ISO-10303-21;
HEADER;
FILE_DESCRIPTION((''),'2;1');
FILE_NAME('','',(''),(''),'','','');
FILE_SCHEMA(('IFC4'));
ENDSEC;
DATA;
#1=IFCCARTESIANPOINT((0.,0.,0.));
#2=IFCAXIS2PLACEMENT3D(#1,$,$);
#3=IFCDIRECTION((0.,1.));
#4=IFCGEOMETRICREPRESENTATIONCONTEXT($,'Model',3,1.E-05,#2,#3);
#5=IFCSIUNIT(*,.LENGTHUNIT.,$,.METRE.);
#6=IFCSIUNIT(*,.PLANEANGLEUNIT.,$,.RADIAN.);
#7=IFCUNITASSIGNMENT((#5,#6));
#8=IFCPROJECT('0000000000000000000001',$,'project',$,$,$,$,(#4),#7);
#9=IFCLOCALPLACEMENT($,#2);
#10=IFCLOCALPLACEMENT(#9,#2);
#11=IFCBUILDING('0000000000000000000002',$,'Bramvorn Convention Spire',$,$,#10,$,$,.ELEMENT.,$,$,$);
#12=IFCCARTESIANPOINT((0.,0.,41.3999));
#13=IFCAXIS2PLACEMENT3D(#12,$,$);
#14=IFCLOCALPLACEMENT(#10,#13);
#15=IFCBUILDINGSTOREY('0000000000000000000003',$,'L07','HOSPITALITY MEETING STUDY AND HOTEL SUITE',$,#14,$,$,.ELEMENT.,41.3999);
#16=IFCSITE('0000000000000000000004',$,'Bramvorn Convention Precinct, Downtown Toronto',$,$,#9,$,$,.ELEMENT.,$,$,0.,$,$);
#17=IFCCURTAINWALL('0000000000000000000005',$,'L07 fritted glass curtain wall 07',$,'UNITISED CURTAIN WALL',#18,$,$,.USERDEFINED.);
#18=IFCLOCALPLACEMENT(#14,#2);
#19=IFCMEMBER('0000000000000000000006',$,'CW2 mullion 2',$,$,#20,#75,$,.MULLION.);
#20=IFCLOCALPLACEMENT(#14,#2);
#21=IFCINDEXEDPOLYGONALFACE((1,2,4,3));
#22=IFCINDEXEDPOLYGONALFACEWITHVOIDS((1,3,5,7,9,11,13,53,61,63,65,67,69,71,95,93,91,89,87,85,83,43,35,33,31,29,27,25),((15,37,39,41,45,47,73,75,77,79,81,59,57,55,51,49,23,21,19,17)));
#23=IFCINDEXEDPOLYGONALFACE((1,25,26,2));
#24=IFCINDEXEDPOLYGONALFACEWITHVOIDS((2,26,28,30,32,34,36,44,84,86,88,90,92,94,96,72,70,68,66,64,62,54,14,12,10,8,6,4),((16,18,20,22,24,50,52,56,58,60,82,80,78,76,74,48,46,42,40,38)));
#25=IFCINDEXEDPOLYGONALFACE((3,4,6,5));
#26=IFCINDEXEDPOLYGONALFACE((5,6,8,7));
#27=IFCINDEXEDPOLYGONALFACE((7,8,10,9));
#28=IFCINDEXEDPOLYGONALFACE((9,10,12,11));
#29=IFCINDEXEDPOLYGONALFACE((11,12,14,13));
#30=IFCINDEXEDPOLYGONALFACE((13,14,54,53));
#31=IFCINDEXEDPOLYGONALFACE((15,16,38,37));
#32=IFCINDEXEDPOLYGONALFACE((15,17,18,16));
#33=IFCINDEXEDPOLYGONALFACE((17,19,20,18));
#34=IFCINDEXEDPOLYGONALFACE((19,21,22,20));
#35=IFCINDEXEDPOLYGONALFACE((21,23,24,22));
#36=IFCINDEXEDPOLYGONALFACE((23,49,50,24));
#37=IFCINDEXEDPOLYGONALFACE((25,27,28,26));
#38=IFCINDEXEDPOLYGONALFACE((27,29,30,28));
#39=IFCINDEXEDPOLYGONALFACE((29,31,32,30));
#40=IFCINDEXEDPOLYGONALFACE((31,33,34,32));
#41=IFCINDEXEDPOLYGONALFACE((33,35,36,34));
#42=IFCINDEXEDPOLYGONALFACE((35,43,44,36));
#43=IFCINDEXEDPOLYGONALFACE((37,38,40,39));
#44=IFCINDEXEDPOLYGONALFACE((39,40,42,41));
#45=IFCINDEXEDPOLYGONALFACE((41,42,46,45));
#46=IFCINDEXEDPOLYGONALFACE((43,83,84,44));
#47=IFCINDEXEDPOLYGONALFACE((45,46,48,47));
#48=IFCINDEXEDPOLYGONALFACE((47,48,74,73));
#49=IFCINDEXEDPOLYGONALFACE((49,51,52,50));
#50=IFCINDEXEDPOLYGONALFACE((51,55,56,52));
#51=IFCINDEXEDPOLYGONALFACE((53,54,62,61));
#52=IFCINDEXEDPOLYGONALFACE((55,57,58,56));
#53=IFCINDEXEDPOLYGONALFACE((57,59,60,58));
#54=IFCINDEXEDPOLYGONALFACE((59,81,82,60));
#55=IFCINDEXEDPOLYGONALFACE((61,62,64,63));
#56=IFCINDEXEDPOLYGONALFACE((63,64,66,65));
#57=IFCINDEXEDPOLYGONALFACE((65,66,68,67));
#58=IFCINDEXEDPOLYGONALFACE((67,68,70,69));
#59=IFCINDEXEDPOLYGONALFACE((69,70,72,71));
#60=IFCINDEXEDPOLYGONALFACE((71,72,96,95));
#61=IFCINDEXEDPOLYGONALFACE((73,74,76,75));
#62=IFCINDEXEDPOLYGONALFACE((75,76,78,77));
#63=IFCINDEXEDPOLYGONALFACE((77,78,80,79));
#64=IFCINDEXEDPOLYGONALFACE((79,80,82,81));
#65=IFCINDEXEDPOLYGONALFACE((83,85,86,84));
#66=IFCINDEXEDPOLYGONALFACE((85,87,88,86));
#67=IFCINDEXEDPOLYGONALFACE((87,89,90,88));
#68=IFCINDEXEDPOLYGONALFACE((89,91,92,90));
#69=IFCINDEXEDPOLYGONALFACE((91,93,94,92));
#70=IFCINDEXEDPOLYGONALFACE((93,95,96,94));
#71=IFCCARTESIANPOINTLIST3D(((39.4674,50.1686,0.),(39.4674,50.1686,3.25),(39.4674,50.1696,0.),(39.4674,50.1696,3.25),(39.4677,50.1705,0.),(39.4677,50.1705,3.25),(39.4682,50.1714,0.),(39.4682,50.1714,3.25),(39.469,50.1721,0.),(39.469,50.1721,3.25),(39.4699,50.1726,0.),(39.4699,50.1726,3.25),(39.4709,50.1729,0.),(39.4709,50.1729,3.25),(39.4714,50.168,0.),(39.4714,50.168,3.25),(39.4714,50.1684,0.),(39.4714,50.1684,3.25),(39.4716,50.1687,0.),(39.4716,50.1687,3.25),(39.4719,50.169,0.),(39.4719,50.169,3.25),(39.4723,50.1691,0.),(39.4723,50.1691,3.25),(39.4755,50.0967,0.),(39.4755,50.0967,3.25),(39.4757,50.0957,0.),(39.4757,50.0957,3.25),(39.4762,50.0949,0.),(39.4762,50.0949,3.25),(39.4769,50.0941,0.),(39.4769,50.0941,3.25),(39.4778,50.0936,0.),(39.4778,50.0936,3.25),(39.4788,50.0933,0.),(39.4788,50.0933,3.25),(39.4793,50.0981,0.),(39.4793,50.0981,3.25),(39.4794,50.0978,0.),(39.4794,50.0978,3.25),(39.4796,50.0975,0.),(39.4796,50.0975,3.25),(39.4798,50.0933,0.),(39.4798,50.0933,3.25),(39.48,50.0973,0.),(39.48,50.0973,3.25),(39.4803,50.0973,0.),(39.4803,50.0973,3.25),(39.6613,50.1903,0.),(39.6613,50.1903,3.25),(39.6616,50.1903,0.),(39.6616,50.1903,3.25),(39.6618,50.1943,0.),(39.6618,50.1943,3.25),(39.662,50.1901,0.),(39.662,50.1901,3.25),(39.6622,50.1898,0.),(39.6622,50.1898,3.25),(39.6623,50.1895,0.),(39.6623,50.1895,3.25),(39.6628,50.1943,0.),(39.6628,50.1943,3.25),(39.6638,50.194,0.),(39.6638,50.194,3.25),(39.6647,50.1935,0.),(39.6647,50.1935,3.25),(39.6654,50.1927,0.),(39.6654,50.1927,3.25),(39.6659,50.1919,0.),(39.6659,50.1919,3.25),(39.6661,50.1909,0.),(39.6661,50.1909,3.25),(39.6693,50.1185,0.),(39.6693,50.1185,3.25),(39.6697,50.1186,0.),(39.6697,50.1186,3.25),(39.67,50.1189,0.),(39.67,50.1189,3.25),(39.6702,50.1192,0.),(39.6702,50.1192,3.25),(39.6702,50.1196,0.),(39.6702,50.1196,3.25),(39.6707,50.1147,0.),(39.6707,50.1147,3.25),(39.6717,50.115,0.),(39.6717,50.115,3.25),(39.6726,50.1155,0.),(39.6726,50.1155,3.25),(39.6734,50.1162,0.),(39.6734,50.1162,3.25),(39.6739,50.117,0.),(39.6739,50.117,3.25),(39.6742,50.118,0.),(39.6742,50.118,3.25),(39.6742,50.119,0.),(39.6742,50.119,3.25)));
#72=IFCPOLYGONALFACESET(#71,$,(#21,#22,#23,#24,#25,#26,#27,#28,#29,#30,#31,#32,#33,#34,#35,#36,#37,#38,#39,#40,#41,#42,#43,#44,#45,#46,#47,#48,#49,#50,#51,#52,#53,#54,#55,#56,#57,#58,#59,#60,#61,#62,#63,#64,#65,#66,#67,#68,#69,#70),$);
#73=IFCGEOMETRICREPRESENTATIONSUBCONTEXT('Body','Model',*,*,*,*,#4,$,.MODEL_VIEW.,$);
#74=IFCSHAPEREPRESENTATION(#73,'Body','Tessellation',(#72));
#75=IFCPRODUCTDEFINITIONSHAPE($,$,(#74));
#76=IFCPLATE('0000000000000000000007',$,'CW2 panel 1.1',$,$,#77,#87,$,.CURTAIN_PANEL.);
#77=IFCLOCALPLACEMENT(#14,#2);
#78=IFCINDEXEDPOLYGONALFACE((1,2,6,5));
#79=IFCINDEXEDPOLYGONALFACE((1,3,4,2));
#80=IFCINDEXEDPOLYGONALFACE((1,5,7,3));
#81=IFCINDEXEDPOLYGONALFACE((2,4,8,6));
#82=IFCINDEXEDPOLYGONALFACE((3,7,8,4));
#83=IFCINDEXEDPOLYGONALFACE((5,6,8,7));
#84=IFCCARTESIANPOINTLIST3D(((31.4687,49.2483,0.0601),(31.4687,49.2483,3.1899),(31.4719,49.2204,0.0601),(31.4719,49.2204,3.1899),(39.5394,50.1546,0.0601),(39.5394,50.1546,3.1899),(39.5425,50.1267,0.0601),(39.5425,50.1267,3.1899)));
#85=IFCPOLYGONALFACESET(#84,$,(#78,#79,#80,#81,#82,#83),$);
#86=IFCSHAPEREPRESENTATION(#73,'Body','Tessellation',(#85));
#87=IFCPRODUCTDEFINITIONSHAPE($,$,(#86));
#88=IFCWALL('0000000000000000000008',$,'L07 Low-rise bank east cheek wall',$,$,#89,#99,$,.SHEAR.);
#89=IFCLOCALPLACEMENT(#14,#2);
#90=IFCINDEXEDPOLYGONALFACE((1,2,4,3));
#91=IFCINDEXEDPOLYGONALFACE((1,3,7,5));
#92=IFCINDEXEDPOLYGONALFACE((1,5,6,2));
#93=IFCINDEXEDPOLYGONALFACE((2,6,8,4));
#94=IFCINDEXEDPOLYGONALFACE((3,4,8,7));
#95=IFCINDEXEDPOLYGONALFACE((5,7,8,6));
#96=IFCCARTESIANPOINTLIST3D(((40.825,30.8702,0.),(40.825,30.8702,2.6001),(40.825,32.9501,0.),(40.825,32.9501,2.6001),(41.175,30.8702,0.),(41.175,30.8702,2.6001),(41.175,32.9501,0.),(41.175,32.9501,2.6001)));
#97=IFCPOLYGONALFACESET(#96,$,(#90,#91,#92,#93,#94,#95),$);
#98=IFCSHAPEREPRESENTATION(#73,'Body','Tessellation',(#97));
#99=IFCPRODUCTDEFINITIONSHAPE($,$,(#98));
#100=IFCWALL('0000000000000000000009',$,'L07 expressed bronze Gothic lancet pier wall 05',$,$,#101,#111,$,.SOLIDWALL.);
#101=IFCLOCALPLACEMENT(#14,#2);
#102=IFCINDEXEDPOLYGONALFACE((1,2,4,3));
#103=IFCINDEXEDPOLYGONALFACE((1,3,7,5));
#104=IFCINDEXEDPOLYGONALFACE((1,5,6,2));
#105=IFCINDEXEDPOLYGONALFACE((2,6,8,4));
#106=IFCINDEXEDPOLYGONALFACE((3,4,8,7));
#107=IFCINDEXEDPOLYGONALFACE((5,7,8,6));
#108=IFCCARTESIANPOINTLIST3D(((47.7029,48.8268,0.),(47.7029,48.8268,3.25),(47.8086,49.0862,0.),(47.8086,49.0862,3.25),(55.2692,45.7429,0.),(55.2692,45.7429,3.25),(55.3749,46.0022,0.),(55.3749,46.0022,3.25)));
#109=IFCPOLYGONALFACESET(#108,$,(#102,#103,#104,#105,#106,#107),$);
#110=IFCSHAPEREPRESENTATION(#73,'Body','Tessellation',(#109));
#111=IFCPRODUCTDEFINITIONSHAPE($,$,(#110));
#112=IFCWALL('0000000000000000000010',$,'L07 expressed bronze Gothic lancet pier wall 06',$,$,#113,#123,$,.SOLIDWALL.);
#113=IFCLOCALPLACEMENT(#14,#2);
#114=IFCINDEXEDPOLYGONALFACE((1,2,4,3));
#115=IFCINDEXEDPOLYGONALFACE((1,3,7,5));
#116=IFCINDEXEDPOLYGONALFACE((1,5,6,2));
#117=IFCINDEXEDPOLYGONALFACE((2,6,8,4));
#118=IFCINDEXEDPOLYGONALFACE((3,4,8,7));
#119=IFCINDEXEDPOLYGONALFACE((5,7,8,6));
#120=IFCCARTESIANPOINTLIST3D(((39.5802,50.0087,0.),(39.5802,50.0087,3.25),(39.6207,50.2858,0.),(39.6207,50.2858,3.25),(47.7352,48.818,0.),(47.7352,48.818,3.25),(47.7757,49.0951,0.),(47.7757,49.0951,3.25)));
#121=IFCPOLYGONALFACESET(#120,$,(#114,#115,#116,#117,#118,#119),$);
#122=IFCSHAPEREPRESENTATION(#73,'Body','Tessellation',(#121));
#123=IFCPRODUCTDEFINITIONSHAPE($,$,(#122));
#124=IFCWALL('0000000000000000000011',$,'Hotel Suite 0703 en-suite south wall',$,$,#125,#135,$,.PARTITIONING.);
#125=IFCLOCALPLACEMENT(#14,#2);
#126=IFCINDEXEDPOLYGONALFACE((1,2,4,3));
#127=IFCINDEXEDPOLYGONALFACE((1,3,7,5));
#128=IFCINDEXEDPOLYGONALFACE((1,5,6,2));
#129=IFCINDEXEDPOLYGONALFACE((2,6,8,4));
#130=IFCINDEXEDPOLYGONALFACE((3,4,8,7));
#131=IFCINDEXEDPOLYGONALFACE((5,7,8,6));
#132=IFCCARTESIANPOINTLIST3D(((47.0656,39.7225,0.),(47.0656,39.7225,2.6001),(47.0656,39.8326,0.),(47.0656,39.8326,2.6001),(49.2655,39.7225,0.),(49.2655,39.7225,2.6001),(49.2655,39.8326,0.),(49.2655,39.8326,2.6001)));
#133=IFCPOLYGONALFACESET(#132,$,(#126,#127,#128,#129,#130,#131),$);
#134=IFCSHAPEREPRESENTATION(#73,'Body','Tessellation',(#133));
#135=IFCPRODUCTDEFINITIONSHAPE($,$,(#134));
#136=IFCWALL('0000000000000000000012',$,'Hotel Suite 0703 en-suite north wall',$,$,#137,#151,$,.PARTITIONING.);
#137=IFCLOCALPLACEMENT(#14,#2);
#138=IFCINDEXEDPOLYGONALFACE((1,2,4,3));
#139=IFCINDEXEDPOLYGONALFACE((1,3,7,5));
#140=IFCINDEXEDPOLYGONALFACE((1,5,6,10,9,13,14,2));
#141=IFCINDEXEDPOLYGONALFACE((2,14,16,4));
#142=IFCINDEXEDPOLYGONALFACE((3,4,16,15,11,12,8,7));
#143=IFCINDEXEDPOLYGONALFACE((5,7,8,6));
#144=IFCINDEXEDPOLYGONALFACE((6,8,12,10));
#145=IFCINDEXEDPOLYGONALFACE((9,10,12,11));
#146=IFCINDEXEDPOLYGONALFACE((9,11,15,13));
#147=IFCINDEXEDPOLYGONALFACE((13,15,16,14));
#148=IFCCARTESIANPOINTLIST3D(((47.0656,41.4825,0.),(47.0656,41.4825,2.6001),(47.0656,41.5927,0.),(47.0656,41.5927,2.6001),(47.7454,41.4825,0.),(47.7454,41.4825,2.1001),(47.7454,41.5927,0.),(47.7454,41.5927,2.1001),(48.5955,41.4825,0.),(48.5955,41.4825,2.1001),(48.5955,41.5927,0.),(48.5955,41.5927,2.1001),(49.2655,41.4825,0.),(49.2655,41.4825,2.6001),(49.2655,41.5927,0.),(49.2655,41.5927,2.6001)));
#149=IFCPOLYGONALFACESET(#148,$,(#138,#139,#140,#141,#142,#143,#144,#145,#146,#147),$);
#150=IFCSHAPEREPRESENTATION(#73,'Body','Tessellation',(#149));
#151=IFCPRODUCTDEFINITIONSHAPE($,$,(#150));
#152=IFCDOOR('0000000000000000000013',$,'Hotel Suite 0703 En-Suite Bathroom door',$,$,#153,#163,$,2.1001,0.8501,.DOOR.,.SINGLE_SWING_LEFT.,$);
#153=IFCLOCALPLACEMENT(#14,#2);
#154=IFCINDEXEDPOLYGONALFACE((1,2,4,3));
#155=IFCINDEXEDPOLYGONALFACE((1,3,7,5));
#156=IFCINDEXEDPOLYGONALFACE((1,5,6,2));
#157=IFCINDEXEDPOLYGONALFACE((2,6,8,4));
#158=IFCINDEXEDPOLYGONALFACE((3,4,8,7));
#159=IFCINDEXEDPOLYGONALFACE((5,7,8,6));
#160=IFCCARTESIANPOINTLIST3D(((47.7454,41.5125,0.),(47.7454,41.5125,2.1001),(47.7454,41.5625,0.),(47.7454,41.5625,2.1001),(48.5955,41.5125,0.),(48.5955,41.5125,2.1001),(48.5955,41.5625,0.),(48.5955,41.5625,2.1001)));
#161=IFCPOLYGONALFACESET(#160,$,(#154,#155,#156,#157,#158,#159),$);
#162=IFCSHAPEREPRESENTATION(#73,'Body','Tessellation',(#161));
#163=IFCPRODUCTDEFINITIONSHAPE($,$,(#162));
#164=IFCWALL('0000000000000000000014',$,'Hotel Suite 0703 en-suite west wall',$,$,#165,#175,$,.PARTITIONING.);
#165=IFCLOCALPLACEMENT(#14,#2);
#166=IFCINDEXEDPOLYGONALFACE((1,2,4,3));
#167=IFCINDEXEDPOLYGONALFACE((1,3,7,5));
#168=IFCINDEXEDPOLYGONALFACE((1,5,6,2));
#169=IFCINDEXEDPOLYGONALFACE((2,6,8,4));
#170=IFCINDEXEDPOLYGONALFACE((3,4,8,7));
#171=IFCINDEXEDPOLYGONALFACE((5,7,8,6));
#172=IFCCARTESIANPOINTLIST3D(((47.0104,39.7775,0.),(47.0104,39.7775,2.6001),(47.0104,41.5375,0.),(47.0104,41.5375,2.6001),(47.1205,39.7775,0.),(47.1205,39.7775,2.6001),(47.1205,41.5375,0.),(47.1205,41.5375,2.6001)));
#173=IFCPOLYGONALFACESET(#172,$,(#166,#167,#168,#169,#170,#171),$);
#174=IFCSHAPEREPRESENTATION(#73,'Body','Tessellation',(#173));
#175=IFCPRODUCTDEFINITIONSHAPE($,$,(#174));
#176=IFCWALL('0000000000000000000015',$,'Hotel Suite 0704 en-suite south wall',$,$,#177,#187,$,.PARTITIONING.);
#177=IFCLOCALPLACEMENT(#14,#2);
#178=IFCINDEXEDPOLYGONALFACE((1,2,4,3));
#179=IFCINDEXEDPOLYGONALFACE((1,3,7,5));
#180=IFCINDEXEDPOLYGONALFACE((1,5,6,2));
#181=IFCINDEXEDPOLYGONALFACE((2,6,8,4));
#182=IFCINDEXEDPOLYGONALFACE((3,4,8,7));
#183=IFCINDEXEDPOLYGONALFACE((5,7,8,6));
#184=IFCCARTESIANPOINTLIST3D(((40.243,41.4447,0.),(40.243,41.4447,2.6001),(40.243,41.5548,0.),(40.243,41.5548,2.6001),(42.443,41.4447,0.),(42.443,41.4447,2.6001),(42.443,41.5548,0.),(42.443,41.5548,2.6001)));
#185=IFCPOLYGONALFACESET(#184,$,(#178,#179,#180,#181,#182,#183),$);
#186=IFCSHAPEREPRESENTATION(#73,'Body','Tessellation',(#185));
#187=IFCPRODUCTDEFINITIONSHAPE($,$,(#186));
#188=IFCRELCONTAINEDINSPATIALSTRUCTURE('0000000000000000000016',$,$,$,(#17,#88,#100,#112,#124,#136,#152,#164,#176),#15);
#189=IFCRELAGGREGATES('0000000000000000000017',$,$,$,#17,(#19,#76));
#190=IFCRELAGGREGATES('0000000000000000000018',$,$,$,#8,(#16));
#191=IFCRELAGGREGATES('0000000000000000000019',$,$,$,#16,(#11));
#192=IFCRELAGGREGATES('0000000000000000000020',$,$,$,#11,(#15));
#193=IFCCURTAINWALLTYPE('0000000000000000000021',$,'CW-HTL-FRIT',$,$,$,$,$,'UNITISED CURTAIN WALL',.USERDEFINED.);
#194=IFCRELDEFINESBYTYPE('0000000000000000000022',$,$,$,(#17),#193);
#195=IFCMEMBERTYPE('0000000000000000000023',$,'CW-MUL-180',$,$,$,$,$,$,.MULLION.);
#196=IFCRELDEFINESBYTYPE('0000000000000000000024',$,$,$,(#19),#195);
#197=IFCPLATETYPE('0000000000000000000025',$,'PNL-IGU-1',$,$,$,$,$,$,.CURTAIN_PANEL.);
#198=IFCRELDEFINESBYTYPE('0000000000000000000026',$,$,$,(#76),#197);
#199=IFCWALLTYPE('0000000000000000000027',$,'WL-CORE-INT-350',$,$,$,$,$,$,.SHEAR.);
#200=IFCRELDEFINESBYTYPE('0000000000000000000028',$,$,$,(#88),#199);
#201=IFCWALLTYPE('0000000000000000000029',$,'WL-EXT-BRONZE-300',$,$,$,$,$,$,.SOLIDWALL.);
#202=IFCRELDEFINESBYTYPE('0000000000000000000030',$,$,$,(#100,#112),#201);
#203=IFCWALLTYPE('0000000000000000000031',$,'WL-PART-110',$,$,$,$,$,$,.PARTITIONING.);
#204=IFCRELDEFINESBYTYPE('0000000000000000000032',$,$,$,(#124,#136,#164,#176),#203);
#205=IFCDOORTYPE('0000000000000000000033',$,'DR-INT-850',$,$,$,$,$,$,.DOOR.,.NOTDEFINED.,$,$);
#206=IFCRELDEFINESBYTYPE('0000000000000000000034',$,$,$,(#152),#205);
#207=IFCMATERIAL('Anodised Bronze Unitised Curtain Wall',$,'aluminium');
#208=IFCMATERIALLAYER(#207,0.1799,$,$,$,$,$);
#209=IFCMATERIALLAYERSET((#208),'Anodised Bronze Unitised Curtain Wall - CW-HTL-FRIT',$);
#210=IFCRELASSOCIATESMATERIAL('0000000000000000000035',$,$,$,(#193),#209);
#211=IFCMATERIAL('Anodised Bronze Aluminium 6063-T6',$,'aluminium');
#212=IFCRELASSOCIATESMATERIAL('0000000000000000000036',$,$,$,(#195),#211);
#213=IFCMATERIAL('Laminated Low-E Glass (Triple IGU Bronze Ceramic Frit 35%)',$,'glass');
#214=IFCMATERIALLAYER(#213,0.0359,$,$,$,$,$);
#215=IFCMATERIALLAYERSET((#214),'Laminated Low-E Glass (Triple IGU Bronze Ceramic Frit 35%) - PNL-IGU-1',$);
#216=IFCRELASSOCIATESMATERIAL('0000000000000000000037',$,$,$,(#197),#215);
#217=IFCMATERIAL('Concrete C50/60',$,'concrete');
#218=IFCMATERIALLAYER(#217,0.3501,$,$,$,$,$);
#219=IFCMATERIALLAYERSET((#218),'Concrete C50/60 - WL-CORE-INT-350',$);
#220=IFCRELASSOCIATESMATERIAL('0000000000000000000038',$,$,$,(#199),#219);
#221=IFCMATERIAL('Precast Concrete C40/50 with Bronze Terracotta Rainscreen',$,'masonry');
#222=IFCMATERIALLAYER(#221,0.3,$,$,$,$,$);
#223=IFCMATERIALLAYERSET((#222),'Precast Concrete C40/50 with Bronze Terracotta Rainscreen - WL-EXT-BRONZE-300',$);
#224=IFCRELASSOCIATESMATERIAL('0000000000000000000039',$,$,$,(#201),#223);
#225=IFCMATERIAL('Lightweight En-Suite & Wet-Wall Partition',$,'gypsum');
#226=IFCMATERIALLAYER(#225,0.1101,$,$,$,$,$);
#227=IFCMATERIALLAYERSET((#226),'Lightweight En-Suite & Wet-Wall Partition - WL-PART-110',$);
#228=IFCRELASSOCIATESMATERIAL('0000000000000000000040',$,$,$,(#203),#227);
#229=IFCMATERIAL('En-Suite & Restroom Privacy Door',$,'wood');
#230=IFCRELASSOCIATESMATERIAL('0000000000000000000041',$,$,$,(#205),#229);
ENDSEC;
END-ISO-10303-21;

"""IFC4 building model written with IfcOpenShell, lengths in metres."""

from ifc_helpers import new_model, si_unit, direction, frame, frame_2d, origin, origin_2d, place, context, subcontext, project, spatial, rectangle, hollow_rectangle, extrude, material, layer, layer_set, material_profile, profile_set, type_object, element, fill, aggregate, save


model = new_model("IFC4")

# Units and contexts
model_context = context("Model", 3, precision=1e-05, world=origin(), true_north=direction((0.0, 1.0)))
body_context = subcontext(model_context, "Body", "Model", "MODEL_VIEW")
ifc_project = project(units=[si_unit("LENGTHUNIT", "METRE"), si_unit("PLANEANGLEUNIT", "RADIAN")], contexts=[model_context])

# Site, building, storey
site_placement = place(None, origin())
site = spatial("IfcSite", under=ifc_project, at=site_placement, Name="Bramvorn Convention Precinct, Downtown Toronto", CompositionType="ELEMENT", RefElevation=0.0)
building_placement = place(site_placement, origin())
building = spatial("IfcBuilding", under=site, at=building_placement, Name="Bramvorn Convention Spire", CompositionType="ELEMENT")
storey_placement = place(building_placement, frame((0.0, 0.0, 41.3999)))
storey = spatial("IfcBuildingStorey", under=building, at=storey_placement, Name="L07", Description="HOSPITALITY MEETING STUDY AND HOTEL SUITE", CompositionType="ELEMENT", Elevation=41.3999)

# Curtain wall, member, plate
ifc_material_1 = material(Name="Anodised Bronze Unitised Curtain Wall", Category="aluminium")
ifc_layer_1 = layer(ifc_material_1, 0.1799)
ifc_layer_set_1 = layer_set([ifc_layer_1], Name="Anodised Bronze Unitised Curtain Wall - CW-HTL-FRIT")
curtain_wall_type = type_object("IfcCurtainWallType", Name="CW-HTL-FRIT", ElementType="UNITISED CURTAIN WALL", PredefinedType="USERDEFINED", material=ifc_layer_set_1)
curtain_wall_placement = place(storey_placement, origin())
curtain_wall = element("IfcCurtainWall", 1, at=curtain_wall_placement, inside=storey, type_object=curtain_wall_type, Name="L07 fritted glass curtain wall 07", ObjectType="UNITISED CURTAIN WALL", PredefinedType="USERDEFINED")
ifc_material_2 = material(Name="Anodised Bronze Aluminium 6063-T6", Category="aluminium")
ifc_material_profile_1 = material_profile(ifc_material_2, hollow_rectangle(XDim=0.0801, YDim=0.2, WallThickness=0.0039, InnerFilletRadius=0.001, OuterFilletRadius=0.0039, at=origin_2d()))
ifc_profile_set_1 = profile_set([ifc_material_profile_1], Name="Anodised Bronze Aluminium 6063-T6 - CWM80X200")
member_type = type_object("IfcMemberType", Name="CW-MUL-180", PredefinedType="MULLION", material=ifc_profile_set_1)
member_placement = place(storey_placement, frame((39.5708, 50.1438, 0.0), z_axis=(0.0, 0.0, 1.0), x_axis=(-0.111583, 0.993755, 0.0)))
member = element("IfcMember", 2, at=member_placement, type_object=member_type, Name="CW2 mullion 2", PredefinedType="MULLION", context=body_context, shape_type="SweptSolid", body=[
    extrude(hollow_rectangle(XDim=0.0801, YDim=0.2, WallThickness=0.0039, InnerFilletRadius=0.001, OuterFilletRadius=0.0039, at=origin_2d()), origin(), (0.0, 0.0, 1.0), 3.25),
])
ifc_material_3 = material(Name="Laminated Low-E Glass (Triple IGU Bronze Ceramic Frit 35%)", Category="glass")
ifc_layer_2 = layer(ifc_material_3, 0.0359)
ifc_layer_set_2 = layer_set([ifc_layer_2], Name="Laminated Low-E Glass (Triple IGU Bronze Ceramic Frit 35%) - PNL-IGU-1")
plate_type = type_object("IfcPlateType", Name="PNL-IGU-1", PredefinedType="CURTAIN_PANEL", material=ifc_layer_set_2)
plate_placement = place(storey_placement, frame((35.5056, 49.6875, 0.0601), z_axis=(0.0, 0.0, 1.0), x_axis=(0.993755, 0.111583, 0.0)))
plate = element("IfcPlate", 3, at=plate_placement, type_object=plate_type, Name="CW2 panel 1.1", PredefinedType="CURTAIN_PANEL", context=body_context, shape_type="SweptSolid", body=[
    extrude(rectangle(XDim=8.1213, YDim=0.0281, at=origin_2d()), origin(), (0.0, 0.0, 1.0), 3.1299),
])
aggregate(curtain_wall, [member, plate])

# Shared definitions
ifc_material_4 = material(Name="Concrete C50/60", Category="concrete")
ifc_layer_3 = layer(ifc_material_4, 0.3501)
ifc_layer_set_3 = layer_set([ifc_layer_3], Name="Concrete C50/60 - WL-CORE-INT-350")
wall_type_1 = type_object("IfcWallType", Name="WL-CORE-INT-350", PredefinedType="SHEAR", material=ifc_layer_set_3)

# Walls
wall_1_placement = place(storey_placement, frame((41.0, 30.8701, 0.0), z_axis=(0.0, 0.0, 1.0), x_axis=(0.0, 1.0, 0.0)))
element("IfcWall", 4, at=wall_1_placement, inside=storey, type_object=wall_type_1, Name="L07 Low-rise bank east cheek wall", PredefinedType="SHEAR", context=body_context, shape_type="SweptSolid", body=[
    extrude(rectangle(XDim=2.0798, YDim=0.3501, at=frame_2d((1.04, 0.0))), origin(), (0.0, 0.0, 1.0), 2.6001),
])
ifc_material_5 = material(Name="Precast Concrete C40/50 with Bronze Terracotta Rainscreen", Category="masonry")
ifc_layer_4 = layer(ifc_material_5, 0.3)
ifc_layer_set_4 = layer_set([ifc_layer_4], Name="Precast Concrete C40/50 with Bronze Terracotta Rainscreen - WL-EXT-BRONZE-300")
wall_type_2 = type_object("IfcWallType", Name="WL-EXT-BRONZE-300", PredefinedType="SOLIDWALL", material=ifc_layer_set_4)
wall_2_placement = place(storey_placement, frame((47.7556, 48.9565, 0.0), z_axis=(0.0, 0.0, 1.0), x_axis=(0.926034, -0.377441, 0.0)))
element("IfcWall", 5, at=wall_2_placement, inside=storey, type_object=wall_type_2, Name="L07 expressed bronze Gothic lancet pier wall 05", PredefinedType="SOLIDWALL", context=body_context, shape_type="SweptSolid", body=[
    extrude(rectangle(XDim=8.1707, YDim=0.28, at=frame_2d((4.0854, 0.0))), origin(), (0.0, 0.0, 1.0), 3.25),
])
wall_3_placement = place(storey_placement, frame((39.6006, 50.1472, 0.0), z_axis=(0.0, 0.0, 1.0), x_axis=(0.989509, -0.144473, 0.0)))
element("IfcWall", 6, at=wall_3_placement, inside=storey, type_object=wall_type_2, Name="L07 expressed bronze Gothic lancet pier wall 06", PredefinedType="SOLIDWALL", context=body_context, shape_type="SweptSolid", body=[
    extrude(rectangle(XDim=8.2415, YDim=0.28, at=frame_2d((4.1206, 0.0))), origin(), (0.0, 0.0, 1.0), 3.25),
])
ifc_material_6 = material(Name="Lightweight En-Suite & Wet-Wall Partition", Category="gypsum")
ifc_layer_5 = layer(ifc_material_6, 0.1101)
ifc_layer_set_5 = layer_set([ifc_layer_5], Name="Lightweight En-Suite & Wet-Wall Partition - WL-PART-110")
wall_type_3 = type_object("IfcWallType", Name="WL-PART-110", PredefinedType="PARTITIONING", material=ifc_layer_set_5)
wall_4_placement = place(storey_placement, frame((47.0654, 39.7776, 0.0), z_axis=(0.0, 0.0, 1.0), x_axis=(1.0, 0.0, 0.0)))
element("IfcWall", 7, at=wall_4_placement, inside=storey, type_object=wall_type_3, Name="Hotel Suite 0703 en-suite south wall", PredefinedType="PARTITIONING", context=body_context, shape_type="SweptSolid", body=[
    extrude(rectangle(XDim=2.2, YDim=0.1101, at=frame_2d((1.1001, 0.0))), origin(), (0.0, 0.0, 1.0), 2.6001),
])

# Wall, opening, door
wall_5_placement = place(storey_placement, frame((47.0654, 41.5376, 0.0), z_axis=(0.0, 0.0, 1.0), x_axis=(1.0, 0.0, 0.0)))
wall_5 = element("IfcWall", 8, at=wall_5_placement, inside=storey, type_object=wall_type_3, Name="Hotel Suite 0703 en-suite north wall", PredefinedType="PARTITIONING", context=body_context, shape_type="SweptSolid", body=[
    extrude(rectangle(XDim=2.2, YDim=0.1101, at=frame_2d((1.1001, 0.0))), origin(), (0.0, 0.0, 1.0), 2.6001),
])
opening_1_placement = place(wall_5_placement, frame((0.6799, 0.0, 0.0)))
opening_1 = element("IfcOpeningElement", 9, at=opening_1_placement, cuts=wall_5, PredefinedType="OPENING", context=body_context, shape_type="SweptSolid", body=[
    extrude(rectangle(XDim=0.8501, YDim=2.1001, at=frame_2d((0.425, 1.05))), frame((0.0, 0.0649, 0.0), z_axis=(0.0, -1.0, 0.0), x_axis=(1.0, 0.0, 0.0)), (0.0, 0.0, 1.0), 0.1301),
])
ifc_material_7 = material(Name="En-Suite & Restroom Privacy Door", Category="wood")
door_type_1 = type_object("IfcDoorType", Name="DR-INT-850", OperationType="NOTDEFINED", PredefinedType="DOOR", material=ifc_material_7)
door_1_placement = place(opening_1_placement, origin())
door_1 = element("IfcDoor", 10, at=door_1_placement, inside=storey, type_object=door_type_1, Name="Hotel Suite 0703 En-Suite Bathroom door", OperationType="SINGLE_SWING_LEFT", OverallHeight=2.1001, OverallWidth=0.8501, PredefinedType="DOOR", context=body_context, shape_type="SweptSolid", body=[
    extrude(rectangle(XDim=0.8501, YDim=2.1001, at=frame_2d((0.425, 1.05))), frame((0.0, 0.0249, 0.0), z_axis=(0.0, -1.0, 0.0), x_axis=(1.0, 0.0, 0.0)), (0.0, 0.0, 1.0), 0.05),
])
fill(opening_1, door_1)

# Walls
wall_6_placement = place(storey_placement, frame((47.0654, 39.7776, 0.0), z_axis=(0.0, 0.0, 1.0), x_axis=(0.0, 1.0, 0.0)))
element("IfcWall", 11, at=wall_6_placement, inside=storey, type_object=wall_type_3, Name="Hotel Suite 0703 en-suite west wall", PredefinedType="PARTITIONING", context=body_context, shape_type="SweptSolid", body=[
    extrude(rectangle(XDim=1.76, YDim=0.1101, at=frame_2d((0.8799, 0.0))), origin(), (0.0, 0.0, 1.0), 2.6001),
])
wall_7_placement = place(storey_placement, frame((40.2429, 41.4998, 0.0), z_axis=(0.0, 0.0, 1.0), x_axis=(1.0, 0.0, 0.0)))
element("IfcWall", 12, at=wall_7_placement, inside=storey, type_object=wall_type_3, Name="Hotel Suite 0704 en-suite south wall", PredefinedType="PARTITIONING", context=body_context, shape_type="SweptSolid", body=[
    extrude(rectangle(XDim=2.2, YDim=0.1101, at=frame_2d((1.1001, 0.0))), origin(), (0.0, 0.0, 1.0), 2.6001),
])

save(model, "model.ifc")
